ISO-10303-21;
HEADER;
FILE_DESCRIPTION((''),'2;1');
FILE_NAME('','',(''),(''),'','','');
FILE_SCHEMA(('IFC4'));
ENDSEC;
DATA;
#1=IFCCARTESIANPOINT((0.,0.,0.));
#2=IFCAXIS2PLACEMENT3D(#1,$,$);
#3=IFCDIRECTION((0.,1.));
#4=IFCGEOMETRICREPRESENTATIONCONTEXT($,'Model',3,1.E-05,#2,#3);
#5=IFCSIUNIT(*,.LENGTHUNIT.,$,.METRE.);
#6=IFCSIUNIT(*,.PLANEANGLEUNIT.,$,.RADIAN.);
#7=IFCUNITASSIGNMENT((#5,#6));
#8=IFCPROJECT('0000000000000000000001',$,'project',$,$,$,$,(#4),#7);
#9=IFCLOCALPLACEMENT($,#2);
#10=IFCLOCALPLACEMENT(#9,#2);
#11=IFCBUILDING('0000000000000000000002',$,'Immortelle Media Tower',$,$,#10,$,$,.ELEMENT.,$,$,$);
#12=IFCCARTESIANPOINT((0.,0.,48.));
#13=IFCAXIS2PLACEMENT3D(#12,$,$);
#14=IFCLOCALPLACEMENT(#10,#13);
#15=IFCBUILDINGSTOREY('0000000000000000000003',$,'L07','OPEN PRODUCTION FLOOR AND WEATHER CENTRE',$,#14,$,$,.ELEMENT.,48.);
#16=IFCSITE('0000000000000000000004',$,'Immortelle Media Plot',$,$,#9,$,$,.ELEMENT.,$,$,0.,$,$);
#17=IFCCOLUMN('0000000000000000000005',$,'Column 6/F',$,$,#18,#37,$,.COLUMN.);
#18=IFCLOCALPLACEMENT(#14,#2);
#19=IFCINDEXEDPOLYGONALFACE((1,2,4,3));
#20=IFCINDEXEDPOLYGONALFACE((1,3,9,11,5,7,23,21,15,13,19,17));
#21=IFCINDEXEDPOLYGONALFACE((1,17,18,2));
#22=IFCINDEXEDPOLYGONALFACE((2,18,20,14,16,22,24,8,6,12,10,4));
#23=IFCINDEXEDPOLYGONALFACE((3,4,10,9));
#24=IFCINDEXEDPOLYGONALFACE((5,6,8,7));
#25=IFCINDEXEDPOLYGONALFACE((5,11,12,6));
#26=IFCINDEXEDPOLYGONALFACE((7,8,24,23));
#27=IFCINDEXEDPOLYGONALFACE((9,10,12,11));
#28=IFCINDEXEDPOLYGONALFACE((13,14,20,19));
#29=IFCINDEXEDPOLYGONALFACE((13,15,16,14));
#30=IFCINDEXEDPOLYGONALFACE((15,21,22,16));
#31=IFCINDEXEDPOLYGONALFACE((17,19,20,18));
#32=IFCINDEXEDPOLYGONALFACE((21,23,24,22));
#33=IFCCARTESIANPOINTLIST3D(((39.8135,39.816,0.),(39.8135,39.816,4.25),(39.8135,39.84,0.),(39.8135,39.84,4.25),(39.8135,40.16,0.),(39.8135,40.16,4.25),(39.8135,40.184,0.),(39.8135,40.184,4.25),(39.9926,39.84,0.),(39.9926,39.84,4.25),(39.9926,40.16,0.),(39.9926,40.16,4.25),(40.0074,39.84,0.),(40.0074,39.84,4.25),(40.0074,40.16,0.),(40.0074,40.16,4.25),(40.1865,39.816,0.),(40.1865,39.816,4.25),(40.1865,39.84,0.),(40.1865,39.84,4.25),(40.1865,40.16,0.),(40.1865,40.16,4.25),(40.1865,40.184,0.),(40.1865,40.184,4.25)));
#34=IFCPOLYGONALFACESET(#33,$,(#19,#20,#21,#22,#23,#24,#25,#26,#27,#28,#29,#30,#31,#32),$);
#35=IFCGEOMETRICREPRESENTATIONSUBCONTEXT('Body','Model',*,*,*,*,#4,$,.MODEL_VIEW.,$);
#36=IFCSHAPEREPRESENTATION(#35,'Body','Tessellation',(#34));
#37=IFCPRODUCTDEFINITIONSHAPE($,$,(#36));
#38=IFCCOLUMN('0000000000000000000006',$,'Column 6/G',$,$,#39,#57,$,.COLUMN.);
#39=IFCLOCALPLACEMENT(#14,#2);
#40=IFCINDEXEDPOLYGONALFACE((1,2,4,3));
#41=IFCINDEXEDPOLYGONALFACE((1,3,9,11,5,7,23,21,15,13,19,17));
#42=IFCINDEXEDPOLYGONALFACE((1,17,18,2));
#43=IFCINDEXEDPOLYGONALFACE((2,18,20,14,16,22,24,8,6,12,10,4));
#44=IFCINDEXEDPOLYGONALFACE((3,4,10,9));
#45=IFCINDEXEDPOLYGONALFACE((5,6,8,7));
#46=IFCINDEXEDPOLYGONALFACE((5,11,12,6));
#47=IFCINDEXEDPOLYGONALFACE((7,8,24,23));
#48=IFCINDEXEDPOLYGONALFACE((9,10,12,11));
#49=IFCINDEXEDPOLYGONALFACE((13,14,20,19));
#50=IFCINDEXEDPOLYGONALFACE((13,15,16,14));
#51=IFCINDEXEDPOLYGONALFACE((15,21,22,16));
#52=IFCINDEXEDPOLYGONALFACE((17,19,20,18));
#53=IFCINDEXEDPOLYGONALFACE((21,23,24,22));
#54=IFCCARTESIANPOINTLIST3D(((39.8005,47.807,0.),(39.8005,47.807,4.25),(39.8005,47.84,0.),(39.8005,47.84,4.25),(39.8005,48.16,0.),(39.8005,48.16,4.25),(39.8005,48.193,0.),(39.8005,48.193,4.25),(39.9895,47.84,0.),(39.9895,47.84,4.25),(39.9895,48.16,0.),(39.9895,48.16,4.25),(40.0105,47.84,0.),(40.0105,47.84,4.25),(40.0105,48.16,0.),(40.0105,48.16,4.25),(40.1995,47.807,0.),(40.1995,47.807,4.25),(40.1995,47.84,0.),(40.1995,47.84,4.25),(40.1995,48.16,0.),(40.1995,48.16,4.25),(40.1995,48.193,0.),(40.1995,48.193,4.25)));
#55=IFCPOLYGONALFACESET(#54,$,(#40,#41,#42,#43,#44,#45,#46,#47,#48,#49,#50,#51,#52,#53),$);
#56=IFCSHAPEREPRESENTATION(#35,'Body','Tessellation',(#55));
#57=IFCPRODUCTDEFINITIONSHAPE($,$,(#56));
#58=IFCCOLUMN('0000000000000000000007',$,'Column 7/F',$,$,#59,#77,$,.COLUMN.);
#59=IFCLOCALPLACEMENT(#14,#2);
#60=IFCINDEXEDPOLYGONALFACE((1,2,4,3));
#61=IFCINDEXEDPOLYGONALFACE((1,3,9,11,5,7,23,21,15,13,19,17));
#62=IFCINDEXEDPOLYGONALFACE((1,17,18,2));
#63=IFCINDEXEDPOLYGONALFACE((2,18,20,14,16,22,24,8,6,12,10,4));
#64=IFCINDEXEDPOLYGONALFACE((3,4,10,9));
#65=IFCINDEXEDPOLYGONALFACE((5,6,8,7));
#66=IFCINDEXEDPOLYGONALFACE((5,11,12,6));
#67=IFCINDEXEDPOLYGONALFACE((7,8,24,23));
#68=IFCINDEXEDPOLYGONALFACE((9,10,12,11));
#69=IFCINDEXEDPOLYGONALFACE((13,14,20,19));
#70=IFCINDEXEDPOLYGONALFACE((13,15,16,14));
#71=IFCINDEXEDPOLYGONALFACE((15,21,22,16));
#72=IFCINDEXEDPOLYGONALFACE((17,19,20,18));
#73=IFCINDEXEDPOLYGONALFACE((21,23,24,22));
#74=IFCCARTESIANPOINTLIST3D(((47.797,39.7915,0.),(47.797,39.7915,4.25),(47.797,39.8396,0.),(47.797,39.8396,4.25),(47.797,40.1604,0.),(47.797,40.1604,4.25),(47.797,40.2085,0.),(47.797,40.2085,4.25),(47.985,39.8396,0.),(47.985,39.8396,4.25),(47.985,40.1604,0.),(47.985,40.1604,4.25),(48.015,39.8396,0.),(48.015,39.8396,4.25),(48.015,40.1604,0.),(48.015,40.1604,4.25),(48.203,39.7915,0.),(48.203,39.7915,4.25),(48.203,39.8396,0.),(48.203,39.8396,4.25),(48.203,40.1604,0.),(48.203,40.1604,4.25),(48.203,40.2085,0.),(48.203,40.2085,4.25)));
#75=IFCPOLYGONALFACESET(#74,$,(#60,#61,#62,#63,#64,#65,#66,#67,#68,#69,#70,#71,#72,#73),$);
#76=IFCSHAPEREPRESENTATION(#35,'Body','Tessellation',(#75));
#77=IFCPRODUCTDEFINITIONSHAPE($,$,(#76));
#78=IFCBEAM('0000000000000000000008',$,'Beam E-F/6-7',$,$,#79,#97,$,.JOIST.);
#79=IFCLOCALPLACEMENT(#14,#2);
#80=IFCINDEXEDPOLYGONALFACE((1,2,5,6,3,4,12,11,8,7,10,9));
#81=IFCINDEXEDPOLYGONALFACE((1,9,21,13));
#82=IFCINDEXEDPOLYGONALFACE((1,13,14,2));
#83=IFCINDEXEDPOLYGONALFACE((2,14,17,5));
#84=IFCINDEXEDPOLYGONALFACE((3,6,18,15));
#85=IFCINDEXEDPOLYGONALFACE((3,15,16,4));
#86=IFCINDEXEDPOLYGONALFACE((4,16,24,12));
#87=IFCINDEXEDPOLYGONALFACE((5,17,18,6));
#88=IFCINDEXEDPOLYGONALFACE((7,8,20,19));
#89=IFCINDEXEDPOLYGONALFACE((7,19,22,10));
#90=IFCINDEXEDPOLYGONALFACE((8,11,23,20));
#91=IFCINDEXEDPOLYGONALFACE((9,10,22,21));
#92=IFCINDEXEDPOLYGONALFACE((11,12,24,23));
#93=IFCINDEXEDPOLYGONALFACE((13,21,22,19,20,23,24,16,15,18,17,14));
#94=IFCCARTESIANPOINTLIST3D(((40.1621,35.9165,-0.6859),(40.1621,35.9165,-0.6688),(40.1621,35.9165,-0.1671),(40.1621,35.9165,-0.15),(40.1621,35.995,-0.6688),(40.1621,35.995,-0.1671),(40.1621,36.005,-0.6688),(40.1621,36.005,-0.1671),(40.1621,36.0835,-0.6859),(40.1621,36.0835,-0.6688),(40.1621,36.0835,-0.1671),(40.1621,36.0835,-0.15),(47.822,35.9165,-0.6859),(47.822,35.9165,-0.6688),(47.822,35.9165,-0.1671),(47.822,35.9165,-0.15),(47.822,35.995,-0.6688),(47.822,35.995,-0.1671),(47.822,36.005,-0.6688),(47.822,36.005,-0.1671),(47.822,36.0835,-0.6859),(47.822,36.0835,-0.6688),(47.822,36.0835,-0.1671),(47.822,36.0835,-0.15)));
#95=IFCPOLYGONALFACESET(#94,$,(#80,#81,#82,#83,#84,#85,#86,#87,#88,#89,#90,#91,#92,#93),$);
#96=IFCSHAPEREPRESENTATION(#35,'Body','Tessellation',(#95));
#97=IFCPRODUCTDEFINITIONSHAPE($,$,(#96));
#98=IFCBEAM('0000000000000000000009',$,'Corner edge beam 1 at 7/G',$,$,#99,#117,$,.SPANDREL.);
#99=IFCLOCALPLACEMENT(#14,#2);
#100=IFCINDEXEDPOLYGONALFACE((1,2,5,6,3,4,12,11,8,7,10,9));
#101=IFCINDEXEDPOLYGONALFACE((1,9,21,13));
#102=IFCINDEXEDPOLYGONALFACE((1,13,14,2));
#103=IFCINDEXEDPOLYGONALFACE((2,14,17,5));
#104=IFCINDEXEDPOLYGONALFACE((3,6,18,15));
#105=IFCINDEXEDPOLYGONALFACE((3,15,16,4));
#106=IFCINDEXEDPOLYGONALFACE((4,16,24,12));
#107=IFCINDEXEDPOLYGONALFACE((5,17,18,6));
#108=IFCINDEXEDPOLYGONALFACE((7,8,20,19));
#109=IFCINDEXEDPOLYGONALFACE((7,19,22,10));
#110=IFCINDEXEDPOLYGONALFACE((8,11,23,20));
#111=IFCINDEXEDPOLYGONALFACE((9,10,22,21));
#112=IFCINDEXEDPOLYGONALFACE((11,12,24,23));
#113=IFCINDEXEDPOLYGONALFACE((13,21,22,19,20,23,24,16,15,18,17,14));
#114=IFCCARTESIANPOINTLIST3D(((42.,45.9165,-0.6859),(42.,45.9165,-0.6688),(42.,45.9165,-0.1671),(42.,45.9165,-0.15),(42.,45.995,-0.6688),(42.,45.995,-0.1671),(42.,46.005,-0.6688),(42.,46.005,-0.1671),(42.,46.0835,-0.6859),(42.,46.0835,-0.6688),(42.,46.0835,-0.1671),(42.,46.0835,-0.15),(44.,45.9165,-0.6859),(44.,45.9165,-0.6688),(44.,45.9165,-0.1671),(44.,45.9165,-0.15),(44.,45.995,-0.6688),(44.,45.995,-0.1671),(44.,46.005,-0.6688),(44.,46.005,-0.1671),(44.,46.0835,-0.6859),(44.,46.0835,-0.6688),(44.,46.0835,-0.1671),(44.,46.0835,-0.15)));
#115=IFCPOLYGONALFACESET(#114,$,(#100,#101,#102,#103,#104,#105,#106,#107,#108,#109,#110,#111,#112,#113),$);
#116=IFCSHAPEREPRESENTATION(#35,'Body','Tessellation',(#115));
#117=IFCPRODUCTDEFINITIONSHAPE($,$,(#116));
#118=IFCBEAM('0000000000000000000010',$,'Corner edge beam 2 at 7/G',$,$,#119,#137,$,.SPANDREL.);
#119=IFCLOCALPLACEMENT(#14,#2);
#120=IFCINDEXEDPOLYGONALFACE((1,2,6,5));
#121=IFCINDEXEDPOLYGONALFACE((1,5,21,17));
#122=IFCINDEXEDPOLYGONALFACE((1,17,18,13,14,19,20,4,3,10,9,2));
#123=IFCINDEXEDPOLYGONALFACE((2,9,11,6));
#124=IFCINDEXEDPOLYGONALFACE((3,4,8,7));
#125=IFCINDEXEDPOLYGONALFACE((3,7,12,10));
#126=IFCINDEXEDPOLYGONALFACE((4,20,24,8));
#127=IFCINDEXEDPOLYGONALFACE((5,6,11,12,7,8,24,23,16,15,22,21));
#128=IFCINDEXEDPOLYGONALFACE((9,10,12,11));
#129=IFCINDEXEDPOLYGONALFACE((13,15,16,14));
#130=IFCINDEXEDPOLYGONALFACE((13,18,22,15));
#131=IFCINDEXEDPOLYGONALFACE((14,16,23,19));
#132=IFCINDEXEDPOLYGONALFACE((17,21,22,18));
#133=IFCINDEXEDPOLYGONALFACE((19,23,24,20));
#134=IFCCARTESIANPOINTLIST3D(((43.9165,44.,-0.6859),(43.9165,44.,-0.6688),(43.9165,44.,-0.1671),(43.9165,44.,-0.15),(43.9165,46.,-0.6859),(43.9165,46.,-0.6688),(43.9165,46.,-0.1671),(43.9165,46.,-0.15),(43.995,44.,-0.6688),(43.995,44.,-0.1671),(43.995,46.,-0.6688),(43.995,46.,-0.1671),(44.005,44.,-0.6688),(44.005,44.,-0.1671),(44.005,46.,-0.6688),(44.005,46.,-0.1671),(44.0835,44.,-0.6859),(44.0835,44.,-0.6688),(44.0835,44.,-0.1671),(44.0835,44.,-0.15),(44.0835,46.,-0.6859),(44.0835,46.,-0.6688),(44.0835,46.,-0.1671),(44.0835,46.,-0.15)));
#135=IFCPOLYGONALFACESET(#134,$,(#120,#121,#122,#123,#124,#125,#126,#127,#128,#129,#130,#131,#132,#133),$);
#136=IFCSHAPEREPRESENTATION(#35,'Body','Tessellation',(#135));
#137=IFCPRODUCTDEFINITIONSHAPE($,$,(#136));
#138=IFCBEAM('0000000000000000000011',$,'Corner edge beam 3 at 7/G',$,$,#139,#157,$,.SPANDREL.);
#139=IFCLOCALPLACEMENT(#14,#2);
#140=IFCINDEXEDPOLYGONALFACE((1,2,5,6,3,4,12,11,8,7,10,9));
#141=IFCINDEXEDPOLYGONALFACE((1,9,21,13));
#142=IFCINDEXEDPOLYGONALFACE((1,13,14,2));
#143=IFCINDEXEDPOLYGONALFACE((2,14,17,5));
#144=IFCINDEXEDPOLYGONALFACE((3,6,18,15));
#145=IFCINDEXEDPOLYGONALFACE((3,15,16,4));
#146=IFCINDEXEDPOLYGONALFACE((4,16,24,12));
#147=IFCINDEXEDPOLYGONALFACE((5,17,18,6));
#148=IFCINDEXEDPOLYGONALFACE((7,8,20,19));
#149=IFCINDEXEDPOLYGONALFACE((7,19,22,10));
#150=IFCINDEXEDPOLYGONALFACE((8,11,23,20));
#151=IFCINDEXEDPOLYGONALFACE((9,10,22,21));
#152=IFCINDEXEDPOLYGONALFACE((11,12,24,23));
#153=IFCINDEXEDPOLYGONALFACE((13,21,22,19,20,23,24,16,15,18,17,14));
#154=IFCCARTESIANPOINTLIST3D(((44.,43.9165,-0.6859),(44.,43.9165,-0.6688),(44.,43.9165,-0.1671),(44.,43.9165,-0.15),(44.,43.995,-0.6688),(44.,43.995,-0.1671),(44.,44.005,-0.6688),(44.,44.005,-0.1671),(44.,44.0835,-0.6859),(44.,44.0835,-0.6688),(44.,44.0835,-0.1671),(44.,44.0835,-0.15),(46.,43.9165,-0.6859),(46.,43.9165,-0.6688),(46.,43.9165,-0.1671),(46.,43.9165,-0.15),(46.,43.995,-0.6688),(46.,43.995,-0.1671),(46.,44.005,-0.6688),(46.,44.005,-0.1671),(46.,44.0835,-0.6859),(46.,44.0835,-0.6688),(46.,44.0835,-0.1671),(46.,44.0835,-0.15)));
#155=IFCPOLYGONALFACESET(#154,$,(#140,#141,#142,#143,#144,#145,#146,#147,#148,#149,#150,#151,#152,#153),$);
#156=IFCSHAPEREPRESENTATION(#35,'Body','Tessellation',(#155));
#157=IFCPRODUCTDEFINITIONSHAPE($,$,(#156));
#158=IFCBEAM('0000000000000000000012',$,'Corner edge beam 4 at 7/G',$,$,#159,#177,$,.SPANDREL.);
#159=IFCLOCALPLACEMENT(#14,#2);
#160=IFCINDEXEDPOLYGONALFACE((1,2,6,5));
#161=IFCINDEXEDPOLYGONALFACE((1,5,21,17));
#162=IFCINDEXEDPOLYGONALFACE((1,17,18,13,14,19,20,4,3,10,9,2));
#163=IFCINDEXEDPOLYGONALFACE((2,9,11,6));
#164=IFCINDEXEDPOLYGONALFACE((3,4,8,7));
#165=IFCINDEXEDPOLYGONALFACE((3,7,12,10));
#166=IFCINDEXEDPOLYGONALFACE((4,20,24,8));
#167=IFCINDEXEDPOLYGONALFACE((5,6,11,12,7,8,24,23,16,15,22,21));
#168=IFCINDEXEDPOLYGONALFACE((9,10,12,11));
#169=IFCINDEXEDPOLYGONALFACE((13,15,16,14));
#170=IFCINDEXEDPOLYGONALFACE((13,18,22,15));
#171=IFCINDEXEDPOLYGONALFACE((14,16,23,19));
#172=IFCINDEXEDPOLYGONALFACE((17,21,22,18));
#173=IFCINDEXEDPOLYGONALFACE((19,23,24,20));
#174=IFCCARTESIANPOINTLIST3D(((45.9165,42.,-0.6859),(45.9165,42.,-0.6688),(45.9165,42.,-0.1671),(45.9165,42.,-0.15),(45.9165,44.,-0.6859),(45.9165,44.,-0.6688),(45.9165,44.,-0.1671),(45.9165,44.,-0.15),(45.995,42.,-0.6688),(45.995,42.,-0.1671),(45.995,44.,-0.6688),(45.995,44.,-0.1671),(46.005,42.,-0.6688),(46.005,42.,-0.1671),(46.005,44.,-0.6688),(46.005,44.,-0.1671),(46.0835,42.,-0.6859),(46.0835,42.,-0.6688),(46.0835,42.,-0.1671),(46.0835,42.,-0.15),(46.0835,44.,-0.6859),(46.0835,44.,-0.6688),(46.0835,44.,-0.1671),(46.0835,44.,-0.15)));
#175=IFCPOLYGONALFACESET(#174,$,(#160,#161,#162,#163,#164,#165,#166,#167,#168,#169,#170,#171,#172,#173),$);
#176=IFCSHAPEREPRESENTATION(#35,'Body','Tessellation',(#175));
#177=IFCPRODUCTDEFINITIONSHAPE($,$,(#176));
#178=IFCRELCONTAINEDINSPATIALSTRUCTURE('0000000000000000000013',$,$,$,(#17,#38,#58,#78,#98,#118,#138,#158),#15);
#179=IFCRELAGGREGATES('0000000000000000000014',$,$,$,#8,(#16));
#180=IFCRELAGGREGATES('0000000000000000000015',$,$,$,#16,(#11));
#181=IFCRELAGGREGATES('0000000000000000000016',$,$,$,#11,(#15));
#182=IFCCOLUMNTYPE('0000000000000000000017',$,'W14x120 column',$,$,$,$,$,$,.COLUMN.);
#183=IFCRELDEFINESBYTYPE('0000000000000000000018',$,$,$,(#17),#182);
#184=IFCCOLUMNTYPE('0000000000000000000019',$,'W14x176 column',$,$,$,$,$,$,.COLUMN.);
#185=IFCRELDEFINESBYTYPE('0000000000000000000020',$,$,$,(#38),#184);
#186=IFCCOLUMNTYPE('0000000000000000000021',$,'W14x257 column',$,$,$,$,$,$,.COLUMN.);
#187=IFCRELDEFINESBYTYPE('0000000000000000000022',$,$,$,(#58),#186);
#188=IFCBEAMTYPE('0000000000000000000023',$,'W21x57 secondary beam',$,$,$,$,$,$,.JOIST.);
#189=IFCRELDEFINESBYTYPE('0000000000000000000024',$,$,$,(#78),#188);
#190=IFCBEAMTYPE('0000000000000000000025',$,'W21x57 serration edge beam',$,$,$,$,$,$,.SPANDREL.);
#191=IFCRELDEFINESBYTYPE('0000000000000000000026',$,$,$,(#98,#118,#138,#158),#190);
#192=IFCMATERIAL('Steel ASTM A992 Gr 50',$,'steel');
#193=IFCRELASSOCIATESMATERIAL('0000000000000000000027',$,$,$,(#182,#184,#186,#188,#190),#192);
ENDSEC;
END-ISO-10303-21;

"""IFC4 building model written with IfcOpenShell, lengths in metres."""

from ifc_helpers import new_model, si_unit, direction, frame, origin, origin_2d, place, context, subcontext, project, spatial, i_section, extrude, material, material_profile, profile_set, type_object, element, save


model = new_model("IFC4")

# Units and contexts
model_context = context("Model", 3, precision=1e-05, world=origin(), true_north=direction((0.0, 1.0)))
body_context = subcontext(model_context, "Body", "Model", "MODEL_VIEW")
ifc_project = project(units=[si_unit("LENGTHUNIT", "METRE"), si_unit("PLANEANGLEUNIT", "RADIAN")], contexts=[model_context])

# Site, building, storey
site_placement = place(None, origin())
site = spatial("IfcSite", under=ifc_project, at=site_placement, Name="Immortelle Media Plot", CompositionType="ELEMENT", RefElevation=0.0)
building_placement = place(site_placement, origin())
building = spatial("IfcBuilding", under=site, at=building_placement, Name="Immortelle Media Tower", CompositionType="ELEMENT")
storey_placement = place(building_placement, frame((0.0, 0.0, 48.0)))
storey = spatial("IfcBuildingStorey", under=building, at=storey_placement, Name="L07", Description="OPEN PRODUCTION FLOOR AND WEATHER CENTRE", CompositionType="ELEMENT", Elevation=48.0)

# Columns
ifc_material_1 = material(Name="Steel ASTM A992 Gr 50", Category="steel")
ifc_material_profile_1 = material_profile(ifc_material_1, i_section(OverallWidth=0.373, OverallDepth=0.3679, WebThickness=0.0149, FlangeThickness=0.0239, at=origin_2d()), Name="W14x120")
ifc_profile_set_1 = profile_set([ifc_material_profile_1], Name="Steel ASTM A992 Gr 50")
column_type_1 = type_object("IfcColumnType", Name="W14x120 column", PredefinedType="COLUMN", material=ifc_profile_set_1)
column_1_placement = place(storey_placement, frame((40.0, 40.0, 0.0), z_axis=(0.0, 0.0, 1.0), x_axis=(1.0, 0.0, 0.0)))
element("IfcColumn", 1, at=column_1_placement, inside=storey, type_object=column_type_1, Name="Column 6/F", PredefinedType="COLUMN", context=body_context, shape_type="SweptSolid", body=[
    extrude(i_section(OverallWidth=0.373, OverallDepth=0.3679, WebThickness=0.0149, FlangeThickness=0.0239, at=origin_2d()), origin(), (0.0, 0.0, 1.0), 4.25),
])
ifc_material_profile_2 = material_profile(ifc_material_1, i_section(OverallWidth=0.3989, OverallDepth=0.386, WebThickness=0.021, FlangeThickness=0.033, at=origin_2d()), Name="W14x176")
ifc_profile_set_2 = profile_set([ifc_material_profile_2], Name="Steel ASTM A992 Gr 50")
column_type_2 = type_object("IfcColumnType", Name="W14x176 column", PredefinedType="COLUMN", material=ifc_profile_set_2)
column_2_placement = place(storey_placement, frame((40.0, 48.0, 0.0), z_axis=(0.0, 0.0, 1.0), x_axis=(1.0, 0.0, 0.0)))
element("IfcColumn", 2, at=column_2_placement, inside=storey, type_object=column_type_2, Name="Column 6/G", PredefinedType="COLUMN", context=body_context, shape_type="SweptSolid", body=[
    extrude(i_section(OverallWidth=0.3989, OverallDepth=0.386, WebThickness=0.021, FlangeThickness=0.033, at=origin_2d()), origin(), (0.0, 0.0, 1.0), 4.25),
])
ifc_material_profile_3 = material_profile(ifc_material_1, i_section(OverallWidth=0.406, OverallDepth=0.417, WebThickness=0.03, FlangeThickness=0.0481, at=origin_2d()), Name="W14x257")
ifc_profile_set_3 = profile_set([ifc_material_profile_3], Name="Steel ASTM A992 Gr 50")
column_type_3 = type_object("IfcColumnType", Name="W14x257 column", PredefinedType="COLUMN", material=ifc_profile_set_3)
column_3_placement = place(storey_placement, frame((48.0, 40.0, 0.0), z_axis=(0.0, 0.0, 1.0), x_axis=(1.0, 0.0, 0.0)))
element("IfcColumn", 3, at=column_3_placement, inside=storey, type_object=column_type_3, Name="Column 7/F", PredefinedType="COLUMN", context=body_context, shape_type="SweptSolid", body=[
    extrude(i_section(OverallWidth=0.406, OverallDepth=0.417, WebThickness=0.03, FlangeThickness=0.0481, at=origin_2d()), origin(), (0.0, 0.0, 1.0), 4.25),
])

# Beams
ifc_material_profile_4 = material_profile(ifc_material_1, i_section(OverallWidth=0.167, OverallDepth=0.5359, WebThickness=0.01, FlangeThickness=0.0171, at=origin_2d()), Name="W21x57")
ifc_profile_set_4 = profile_set([ifc_material_profile_4], Name="Steel ASTM A992 Gr 50")
beam_type_1 = type_object("IfcBeamType", Name="W21x57 secondary beam", PredefinedType="JOIST", material=ifc_profile_set_4)
beam_1_placement = place(storey_placement, frame((40.1621, 36.0, -0.418), z_axis=(1.0, 0.0, 0.0), x_axis=(0.0, 1.0, 0.0)))
element("IfcBeam", 4, at=beam_1_placement, inside=storey, type_object=beam_type_1, Name="Beam E-F/6-7", PredefinedType="JOIST", context=body_context, shape_type="SweptSolid", body=[
    extrude(i_section(OverallWidth=0.167, OverallDepth=0.5359, WebThickness=0.01, FlangeThickness=0.0171, at=origin_2d()), origin(), (0.0, 0.0, 1.0), 7.6599),
])
ifc_material_profile_5 = material_profile(ifc_material_1, i_section(OverallWidth=0.167, OverallDepth=0.5359, WebThickness=0.01, FlangeThickness=0.0171, at=origin_2d()), Name="W21x57")
ifc_profile_set_5 = profile_set([ifc_material_profile_5], Name="Steel ASTM A992 Gr 50")
beam_type_2 = type_object("IfcBeamType", Name="W21x57 serration edge beam", PredefinedType="SPANDREL", material=ifc_profile_set_5)
for number, where, z_axis, x_axis, name in (
    (5, (42.0, 46.0, -0.418), (1.0, 0.0, 0.0), (0.0, 1.0, 0.0), "Corner edge beam 1 at 7/G"),
    (6, (44.0, 46.0, -0.418), (0.0, -1.0, 0.0), (1.0, 0.0, 0.0), "Corner edge beam 2 at 7/G"),
    (7, (44.0, 44.0, -0.418), (1.0, 0.0, 0.0), (0.0, 1.0, 0.0), "Corner edge beam 3 at 7/G"),
    (8, (46.0, 44.0, -0.418), (0.0, -1.0, 0.0), (1.0, 0.0, 0.0), "Corner edge beam 4 at 7/G"),
):
    element("IfcBeam", number, at=place(storey_placement, frame(where, z_axis=z_axis, x_axis=x_axis)), inside=storey, type_object=beam_type_2, Name=name, PredefinedType="SPANDREL", context=body_context, shape_type="SweptSolid", body=[
        extrude(i_section(OverallWidth=0.167, OverallDepth=0.5359, WebThickness=0.01, FlangeThickness=0.0171, at=origin_2d()), origin(), (0.0, 0.0, 1.0), 2.0),
    ])

save(model, "model.ifc")
